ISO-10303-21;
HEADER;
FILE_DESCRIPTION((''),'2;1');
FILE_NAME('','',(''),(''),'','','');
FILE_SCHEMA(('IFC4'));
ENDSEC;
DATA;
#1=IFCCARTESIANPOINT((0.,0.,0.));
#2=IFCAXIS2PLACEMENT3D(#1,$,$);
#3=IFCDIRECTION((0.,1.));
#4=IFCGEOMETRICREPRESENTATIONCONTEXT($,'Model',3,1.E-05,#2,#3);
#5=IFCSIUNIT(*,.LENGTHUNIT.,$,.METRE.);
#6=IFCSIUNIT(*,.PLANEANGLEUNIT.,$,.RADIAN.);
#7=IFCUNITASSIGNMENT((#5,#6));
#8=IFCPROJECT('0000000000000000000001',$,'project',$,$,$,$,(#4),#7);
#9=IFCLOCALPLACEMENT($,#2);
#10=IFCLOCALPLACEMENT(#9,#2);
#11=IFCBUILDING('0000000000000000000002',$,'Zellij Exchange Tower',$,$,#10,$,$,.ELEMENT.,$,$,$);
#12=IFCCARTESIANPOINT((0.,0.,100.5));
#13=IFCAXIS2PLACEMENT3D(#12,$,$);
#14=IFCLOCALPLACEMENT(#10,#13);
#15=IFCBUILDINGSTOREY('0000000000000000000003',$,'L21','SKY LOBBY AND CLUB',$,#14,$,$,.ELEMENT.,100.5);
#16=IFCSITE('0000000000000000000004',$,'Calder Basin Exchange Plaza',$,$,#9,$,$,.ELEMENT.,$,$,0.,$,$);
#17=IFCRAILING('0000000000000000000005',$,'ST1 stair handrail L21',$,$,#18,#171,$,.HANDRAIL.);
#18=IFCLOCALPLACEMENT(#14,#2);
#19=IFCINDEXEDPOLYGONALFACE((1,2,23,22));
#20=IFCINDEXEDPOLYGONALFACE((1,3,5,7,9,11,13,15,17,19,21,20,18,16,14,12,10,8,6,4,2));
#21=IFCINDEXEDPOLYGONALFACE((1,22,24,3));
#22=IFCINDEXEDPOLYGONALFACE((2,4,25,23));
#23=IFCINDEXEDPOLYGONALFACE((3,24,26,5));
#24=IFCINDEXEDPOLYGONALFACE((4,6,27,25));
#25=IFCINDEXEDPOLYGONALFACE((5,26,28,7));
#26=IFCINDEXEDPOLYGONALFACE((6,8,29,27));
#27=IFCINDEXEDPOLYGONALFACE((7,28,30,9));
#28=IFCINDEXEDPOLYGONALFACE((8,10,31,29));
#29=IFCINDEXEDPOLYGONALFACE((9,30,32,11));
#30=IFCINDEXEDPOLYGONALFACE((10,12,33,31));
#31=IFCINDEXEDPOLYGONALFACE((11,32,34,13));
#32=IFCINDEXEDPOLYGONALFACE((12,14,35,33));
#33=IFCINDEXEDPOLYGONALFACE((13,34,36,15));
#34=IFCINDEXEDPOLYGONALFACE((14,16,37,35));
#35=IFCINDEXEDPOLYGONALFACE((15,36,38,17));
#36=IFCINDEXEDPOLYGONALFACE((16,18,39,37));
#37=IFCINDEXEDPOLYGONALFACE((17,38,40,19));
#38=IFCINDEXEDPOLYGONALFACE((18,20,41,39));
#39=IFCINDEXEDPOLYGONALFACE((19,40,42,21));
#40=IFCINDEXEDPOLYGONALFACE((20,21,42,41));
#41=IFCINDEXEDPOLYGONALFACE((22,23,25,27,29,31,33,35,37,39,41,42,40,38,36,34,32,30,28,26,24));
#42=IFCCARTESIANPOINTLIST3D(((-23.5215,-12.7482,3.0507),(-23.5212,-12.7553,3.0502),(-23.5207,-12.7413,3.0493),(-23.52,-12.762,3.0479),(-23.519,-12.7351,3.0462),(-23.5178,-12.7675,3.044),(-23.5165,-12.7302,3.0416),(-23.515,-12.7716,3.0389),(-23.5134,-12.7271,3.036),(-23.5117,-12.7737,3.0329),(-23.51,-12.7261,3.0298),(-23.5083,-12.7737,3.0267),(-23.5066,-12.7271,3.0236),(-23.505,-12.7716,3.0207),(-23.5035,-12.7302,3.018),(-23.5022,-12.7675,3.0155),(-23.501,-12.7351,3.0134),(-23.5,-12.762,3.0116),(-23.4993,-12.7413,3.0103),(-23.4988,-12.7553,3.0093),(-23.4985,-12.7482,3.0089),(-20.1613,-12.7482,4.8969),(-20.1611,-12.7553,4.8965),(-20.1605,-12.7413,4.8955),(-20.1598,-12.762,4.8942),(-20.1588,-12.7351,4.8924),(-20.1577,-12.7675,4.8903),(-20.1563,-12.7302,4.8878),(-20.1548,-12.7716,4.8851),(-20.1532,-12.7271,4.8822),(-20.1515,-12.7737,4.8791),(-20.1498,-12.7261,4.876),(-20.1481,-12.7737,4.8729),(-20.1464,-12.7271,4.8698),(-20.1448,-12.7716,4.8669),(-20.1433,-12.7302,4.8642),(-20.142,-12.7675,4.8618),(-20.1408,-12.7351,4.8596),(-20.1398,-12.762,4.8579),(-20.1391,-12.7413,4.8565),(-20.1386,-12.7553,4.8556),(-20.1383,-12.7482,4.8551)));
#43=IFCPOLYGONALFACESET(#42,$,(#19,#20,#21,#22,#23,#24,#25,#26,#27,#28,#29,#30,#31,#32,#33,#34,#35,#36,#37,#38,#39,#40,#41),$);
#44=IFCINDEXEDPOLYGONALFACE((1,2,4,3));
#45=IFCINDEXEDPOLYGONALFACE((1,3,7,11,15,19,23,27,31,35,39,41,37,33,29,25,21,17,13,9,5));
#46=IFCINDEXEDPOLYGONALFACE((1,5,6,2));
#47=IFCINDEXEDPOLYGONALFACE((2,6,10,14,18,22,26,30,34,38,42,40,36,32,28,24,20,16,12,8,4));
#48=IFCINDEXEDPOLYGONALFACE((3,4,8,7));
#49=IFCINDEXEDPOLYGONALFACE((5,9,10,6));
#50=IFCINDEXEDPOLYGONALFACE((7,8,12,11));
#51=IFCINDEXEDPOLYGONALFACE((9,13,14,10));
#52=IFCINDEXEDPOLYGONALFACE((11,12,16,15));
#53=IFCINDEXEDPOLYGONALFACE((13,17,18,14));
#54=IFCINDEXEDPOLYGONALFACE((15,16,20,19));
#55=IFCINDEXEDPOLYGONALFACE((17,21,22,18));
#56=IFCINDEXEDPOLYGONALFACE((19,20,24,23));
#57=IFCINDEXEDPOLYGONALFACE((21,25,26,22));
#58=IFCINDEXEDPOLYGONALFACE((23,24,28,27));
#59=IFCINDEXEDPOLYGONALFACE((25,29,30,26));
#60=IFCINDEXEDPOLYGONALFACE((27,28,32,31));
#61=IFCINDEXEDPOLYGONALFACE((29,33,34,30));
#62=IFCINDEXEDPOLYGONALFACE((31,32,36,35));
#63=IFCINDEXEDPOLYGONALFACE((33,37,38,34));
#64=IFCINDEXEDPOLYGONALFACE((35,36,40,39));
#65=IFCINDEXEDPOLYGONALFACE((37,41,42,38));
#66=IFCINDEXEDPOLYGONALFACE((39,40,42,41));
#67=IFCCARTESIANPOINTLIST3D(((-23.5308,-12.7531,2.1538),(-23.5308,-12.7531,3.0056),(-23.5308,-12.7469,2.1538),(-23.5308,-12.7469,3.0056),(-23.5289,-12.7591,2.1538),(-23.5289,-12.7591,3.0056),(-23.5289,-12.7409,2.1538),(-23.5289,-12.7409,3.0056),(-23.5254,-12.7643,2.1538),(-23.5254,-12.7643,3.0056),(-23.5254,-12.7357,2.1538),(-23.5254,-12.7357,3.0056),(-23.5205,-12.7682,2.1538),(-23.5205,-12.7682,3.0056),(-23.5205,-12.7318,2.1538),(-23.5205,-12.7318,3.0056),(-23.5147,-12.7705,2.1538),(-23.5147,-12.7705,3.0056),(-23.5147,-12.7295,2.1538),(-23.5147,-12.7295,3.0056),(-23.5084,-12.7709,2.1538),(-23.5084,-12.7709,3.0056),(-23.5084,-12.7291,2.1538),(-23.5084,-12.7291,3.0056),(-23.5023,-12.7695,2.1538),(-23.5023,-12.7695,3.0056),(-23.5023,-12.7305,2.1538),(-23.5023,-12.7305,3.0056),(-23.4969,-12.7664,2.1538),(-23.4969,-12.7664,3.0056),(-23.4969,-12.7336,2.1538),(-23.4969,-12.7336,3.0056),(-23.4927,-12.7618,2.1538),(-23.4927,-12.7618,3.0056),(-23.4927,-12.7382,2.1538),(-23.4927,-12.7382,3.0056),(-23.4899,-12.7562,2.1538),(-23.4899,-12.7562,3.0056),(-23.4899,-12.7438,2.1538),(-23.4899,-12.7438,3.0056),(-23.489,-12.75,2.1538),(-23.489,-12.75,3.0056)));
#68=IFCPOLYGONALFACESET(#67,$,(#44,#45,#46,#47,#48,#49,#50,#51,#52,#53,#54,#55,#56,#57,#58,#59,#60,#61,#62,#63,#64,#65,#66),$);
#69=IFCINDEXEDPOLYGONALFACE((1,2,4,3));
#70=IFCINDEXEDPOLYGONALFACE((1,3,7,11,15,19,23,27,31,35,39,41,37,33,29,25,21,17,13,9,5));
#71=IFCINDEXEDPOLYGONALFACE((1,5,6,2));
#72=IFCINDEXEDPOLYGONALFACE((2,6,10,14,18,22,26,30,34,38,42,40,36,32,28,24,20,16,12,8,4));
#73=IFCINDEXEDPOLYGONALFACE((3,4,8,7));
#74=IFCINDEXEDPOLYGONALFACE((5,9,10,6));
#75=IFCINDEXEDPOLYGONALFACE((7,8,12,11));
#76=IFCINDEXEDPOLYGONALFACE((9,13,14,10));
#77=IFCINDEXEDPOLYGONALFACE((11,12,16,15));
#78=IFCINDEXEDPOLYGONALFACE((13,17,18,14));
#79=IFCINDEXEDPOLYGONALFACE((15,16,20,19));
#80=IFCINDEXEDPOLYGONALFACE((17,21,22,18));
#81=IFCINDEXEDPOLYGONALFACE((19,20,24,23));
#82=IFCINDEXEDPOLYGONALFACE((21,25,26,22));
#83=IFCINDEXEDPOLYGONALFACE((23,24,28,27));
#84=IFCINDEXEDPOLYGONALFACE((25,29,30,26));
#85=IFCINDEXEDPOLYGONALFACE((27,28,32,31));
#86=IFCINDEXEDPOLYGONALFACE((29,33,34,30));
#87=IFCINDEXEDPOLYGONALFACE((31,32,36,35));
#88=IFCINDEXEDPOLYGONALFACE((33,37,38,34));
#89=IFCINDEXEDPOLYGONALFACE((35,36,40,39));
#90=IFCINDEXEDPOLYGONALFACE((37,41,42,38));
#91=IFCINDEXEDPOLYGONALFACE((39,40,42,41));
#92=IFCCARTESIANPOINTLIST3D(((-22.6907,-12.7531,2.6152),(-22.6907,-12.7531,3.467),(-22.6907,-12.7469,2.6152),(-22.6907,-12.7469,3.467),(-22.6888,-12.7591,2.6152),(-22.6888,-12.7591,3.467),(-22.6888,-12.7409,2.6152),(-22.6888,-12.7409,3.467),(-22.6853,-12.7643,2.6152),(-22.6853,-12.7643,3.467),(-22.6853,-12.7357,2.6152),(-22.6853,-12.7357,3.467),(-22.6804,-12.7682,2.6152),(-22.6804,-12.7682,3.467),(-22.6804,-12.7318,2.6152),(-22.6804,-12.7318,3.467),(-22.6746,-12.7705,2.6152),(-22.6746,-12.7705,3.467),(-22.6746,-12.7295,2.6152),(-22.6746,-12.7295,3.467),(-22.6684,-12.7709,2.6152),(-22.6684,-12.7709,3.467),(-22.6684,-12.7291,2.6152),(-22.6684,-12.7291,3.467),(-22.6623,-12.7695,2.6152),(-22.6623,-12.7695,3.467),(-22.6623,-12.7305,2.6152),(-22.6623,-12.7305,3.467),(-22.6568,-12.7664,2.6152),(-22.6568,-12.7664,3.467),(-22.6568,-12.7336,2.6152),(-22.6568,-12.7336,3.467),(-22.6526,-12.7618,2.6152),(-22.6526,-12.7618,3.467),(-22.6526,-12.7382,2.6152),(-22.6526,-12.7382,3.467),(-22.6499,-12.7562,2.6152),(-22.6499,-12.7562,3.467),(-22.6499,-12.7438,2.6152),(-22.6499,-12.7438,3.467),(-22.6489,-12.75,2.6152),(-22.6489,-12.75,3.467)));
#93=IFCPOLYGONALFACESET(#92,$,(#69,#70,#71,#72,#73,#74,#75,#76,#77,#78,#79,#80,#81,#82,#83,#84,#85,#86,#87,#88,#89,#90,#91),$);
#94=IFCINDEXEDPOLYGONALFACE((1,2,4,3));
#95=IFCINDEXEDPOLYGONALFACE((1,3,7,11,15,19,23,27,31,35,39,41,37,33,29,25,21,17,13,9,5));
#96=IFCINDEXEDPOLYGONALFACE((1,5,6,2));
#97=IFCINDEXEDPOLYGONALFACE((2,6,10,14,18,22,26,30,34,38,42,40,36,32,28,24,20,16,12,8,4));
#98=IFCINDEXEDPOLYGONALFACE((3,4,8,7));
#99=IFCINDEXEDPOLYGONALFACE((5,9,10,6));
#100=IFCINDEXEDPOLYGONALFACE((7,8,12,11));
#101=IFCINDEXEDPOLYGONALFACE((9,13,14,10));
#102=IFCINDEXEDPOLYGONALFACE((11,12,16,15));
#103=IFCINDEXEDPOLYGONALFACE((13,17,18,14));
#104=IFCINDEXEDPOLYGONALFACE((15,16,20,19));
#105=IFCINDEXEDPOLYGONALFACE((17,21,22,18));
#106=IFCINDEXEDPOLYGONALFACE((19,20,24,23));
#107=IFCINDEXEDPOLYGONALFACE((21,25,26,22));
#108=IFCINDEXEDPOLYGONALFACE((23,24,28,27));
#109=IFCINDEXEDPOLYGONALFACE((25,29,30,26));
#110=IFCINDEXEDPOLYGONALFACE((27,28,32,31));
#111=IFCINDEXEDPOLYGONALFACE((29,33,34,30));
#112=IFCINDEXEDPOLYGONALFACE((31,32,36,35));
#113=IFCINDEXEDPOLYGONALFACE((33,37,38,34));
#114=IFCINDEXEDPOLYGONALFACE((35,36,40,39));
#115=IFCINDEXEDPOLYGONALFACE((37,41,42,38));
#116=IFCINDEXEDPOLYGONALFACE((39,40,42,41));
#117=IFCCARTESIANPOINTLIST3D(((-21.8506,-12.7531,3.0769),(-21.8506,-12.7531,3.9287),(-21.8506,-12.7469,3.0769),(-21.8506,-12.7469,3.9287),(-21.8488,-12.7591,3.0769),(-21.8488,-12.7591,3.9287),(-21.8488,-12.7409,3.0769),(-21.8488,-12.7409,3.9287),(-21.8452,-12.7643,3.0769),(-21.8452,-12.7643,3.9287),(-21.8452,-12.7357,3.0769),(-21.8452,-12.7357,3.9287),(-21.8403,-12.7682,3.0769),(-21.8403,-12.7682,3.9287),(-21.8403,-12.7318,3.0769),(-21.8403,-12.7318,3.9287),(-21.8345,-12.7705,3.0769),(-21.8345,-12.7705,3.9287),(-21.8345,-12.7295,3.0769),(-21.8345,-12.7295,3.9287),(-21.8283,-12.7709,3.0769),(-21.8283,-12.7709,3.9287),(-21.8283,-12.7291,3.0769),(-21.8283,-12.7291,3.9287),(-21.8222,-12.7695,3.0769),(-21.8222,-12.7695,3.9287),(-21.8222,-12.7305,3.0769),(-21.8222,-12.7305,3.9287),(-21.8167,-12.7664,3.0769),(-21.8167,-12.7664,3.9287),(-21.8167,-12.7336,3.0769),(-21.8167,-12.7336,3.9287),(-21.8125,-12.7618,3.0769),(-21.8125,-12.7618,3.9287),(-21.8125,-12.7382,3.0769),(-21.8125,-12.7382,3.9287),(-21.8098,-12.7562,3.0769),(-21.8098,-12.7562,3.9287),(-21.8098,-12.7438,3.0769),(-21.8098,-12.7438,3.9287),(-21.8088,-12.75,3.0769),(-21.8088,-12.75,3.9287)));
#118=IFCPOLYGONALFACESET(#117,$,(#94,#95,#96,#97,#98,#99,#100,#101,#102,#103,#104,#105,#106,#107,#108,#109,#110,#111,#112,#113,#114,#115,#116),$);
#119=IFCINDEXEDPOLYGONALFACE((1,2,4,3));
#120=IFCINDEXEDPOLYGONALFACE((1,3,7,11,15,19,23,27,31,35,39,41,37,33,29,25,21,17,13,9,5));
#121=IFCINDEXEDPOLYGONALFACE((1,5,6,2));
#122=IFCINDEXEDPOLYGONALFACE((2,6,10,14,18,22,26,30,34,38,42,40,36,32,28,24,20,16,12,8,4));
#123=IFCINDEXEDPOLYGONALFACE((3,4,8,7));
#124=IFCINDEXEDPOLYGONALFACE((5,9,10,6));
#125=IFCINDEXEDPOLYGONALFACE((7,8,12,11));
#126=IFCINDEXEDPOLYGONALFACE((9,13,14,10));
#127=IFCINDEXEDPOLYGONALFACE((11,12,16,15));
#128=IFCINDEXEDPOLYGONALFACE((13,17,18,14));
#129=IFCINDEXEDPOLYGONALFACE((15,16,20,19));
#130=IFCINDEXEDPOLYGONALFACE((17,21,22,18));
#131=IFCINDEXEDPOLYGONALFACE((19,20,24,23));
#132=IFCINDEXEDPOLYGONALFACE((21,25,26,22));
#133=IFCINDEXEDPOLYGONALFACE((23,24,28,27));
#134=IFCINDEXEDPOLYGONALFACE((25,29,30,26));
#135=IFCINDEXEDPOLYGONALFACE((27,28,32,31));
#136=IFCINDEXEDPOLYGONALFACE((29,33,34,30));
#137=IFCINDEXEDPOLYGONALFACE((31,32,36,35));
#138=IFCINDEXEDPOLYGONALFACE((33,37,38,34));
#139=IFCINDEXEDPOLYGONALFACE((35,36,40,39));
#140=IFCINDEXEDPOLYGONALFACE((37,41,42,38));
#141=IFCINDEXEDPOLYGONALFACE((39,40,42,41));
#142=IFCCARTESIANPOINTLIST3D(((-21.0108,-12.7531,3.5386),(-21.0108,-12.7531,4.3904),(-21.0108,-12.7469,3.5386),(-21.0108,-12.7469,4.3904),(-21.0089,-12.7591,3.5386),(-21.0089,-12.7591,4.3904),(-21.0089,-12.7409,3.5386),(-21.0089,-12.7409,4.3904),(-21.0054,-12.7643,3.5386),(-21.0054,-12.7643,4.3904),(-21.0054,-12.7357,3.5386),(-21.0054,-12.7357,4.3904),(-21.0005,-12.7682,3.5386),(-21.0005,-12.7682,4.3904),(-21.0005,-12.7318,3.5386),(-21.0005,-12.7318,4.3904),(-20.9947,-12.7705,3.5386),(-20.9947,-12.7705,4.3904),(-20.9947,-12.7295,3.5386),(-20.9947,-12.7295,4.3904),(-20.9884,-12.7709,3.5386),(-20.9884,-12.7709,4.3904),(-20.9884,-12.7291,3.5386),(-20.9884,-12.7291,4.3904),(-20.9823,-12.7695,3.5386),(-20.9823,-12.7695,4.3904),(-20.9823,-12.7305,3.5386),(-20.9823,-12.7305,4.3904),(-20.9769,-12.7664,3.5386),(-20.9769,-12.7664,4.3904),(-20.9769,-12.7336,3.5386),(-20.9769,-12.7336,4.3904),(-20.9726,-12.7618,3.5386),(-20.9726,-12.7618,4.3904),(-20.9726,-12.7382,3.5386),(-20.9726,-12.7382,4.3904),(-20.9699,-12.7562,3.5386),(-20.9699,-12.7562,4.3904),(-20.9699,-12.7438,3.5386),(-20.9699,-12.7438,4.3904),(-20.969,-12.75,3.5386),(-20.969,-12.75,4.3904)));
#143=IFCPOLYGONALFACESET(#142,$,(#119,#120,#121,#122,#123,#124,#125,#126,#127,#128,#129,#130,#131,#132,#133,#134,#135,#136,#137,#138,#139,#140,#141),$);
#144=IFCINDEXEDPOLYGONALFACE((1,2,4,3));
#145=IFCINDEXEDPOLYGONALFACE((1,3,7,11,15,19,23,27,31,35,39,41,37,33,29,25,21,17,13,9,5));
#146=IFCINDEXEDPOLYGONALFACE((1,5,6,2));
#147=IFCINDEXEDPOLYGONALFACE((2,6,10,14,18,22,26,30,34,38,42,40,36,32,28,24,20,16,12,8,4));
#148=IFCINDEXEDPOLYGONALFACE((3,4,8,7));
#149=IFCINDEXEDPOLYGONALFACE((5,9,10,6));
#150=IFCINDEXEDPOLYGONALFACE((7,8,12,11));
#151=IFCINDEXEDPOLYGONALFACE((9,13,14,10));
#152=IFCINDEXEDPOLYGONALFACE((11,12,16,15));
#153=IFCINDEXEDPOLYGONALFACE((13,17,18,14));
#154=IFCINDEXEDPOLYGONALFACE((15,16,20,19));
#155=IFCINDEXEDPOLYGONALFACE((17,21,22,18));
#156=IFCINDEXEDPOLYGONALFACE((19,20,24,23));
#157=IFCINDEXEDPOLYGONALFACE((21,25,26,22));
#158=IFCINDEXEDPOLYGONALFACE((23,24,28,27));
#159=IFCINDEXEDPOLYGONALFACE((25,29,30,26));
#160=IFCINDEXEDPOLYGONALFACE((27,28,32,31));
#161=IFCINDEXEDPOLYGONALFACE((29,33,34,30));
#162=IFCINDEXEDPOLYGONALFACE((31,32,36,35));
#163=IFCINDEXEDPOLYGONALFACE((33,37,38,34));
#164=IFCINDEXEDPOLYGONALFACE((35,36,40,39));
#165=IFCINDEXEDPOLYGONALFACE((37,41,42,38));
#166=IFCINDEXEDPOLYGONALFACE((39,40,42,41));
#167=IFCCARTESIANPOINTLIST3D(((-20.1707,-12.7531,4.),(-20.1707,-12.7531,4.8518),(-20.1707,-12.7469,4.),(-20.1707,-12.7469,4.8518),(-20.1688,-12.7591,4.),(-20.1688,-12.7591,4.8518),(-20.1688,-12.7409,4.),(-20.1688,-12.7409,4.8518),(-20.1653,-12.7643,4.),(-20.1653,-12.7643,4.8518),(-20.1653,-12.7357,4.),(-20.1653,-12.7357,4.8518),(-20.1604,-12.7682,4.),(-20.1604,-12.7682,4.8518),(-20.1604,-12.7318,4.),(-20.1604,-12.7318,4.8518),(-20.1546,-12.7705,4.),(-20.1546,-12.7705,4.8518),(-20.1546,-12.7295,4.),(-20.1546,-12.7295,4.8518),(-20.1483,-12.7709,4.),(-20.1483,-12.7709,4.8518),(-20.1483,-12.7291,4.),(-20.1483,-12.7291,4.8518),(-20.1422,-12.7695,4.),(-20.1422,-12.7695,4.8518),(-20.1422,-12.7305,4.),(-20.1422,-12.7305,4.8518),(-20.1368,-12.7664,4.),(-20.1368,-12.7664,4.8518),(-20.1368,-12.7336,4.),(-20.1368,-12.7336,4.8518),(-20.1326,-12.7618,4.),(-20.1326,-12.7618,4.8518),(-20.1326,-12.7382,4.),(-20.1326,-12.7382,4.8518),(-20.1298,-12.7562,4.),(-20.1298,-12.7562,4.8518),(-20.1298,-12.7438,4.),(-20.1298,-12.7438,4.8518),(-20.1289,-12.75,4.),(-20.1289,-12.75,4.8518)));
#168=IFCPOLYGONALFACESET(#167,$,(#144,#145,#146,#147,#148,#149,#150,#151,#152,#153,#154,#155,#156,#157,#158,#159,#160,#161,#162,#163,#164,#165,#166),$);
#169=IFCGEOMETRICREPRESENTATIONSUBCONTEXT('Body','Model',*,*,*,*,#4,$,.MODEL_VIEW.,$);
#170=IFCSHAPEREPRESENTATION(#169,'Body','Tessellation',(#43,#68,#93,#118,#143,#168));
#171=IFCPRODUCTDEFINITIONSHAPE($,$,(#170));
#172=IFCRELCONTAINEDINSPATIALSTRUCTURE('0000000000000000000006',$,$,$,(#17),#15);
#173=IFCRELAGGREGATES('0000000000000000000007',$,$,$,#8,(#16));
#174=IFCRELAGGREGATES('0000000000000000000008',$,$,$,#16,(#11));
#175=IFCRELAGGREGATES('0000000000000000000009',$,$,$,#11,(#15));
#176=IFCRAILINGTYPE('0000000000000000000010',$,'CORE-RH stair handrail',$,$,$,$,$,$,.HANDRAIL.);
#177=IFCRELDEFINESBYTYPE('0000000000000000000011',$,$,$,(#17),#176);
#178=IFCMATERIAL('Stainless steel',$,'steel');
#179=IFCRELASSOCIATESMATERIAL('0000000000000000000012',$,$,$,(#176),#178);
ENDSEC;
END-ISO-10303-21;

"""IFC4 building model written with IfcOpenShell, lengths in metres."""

from ifc_helpers import new_model, si_unit, direction, frame, origin, origin_2d, place, context, subcontext, project, spatial, circle, extrude, material, type_object, element, save


model = new_model("IFC4")

# Units and contexts
model_context = context("Model", 3, precision=1e-05, world=origin(), true_north=direction((0.0, 1.0)))
body_context = subcontext(model_context, "Body", "Model", "MODEL_VIEW")
ifc_project = project(units=[si_unit("LENGTHUNIT", "METRE"), si_unit("PLANEANGLEUNIT", "RADIAN")], contexts=[model_context])

# Site, building, storey
site_placement = place(None, origin())
site = spatial("IfcSite", under=ifc_project, at=site_placement, Name="Calder Basin Exchange Plaza", CompositionType="ELEMENT", RefElevation=0.0)
building_placement = place(site_placement, origin())
building = spatial("IfcBuilding", under=site, at=building_placement, Name="Zellij Exchange Tower", CompositionType="ELEMENT")
storey_placement = place(building_placement, frame((0.0, 0.0, 100.5)))
storey = spatial("IfcBuildingStorey", under=building, at=storey_placement, Name="L21", Description="SKY LOBBY AND CLUB", CompositionType="ELEMENT", Elevation=100.5)

# Railing
ifc_material_1 = material(Name="Stainless steel", Category="steel")
railing_type = type_object("IfcRailingType", Name="CORE-RH stair handrail", PredefinedType="HANDRAIL", material=ifc_material_1)
railing_placement = place(storey_placement, frame((-23.51, -12.75, 2.1538)))
element("IfcRailing", 1, at=railing_placement, inside=storey, type_object=railing_type, Name="ST1 stair handrail L21", PredefinedType="HANDRAIL", context=body_context, shape_type="SweptSolid", body=[
    extrude(circle(Radius=0.0239, at=origin_2d()), frame((0.0, 0.0, 0.876), z_axis=(0.876422, 0.0, 0.481545), x_axis=(0.0, 1.0, 0.0)), (0.0, 0.0, 1.0), 3.834),
    extrude(circle(Radius=0.021, at=origin_2d()), origin(), (0.0, 0.0, 1.0), 0.8518),
    extrude(circle(Radius=0.021, at=origin_2d()), frame((0.8401, 0.0, 0.4614)), (0.0, 0.0, 1.0), 0.8518),
    extrude(circle(Radius=0.021, at=origin_2d()), frame((1.6802, 0.0, 0.9231)), (0.0, 0.0, 1.0), 0.8518),
    extrude(circle(Radius=0.021, at=origin_2d()), frame((2.52, 0.0, 1.3848)), (0.0, 0.0, 1.0), 0.8518),
    extrude(circle(Radius=0.021, at=origin_2d()), frame((3.3601, 0.0, 1.8462)), (0.0, 0.0, 1.0), 0.8518),
])

save(model, "model.ifc")
